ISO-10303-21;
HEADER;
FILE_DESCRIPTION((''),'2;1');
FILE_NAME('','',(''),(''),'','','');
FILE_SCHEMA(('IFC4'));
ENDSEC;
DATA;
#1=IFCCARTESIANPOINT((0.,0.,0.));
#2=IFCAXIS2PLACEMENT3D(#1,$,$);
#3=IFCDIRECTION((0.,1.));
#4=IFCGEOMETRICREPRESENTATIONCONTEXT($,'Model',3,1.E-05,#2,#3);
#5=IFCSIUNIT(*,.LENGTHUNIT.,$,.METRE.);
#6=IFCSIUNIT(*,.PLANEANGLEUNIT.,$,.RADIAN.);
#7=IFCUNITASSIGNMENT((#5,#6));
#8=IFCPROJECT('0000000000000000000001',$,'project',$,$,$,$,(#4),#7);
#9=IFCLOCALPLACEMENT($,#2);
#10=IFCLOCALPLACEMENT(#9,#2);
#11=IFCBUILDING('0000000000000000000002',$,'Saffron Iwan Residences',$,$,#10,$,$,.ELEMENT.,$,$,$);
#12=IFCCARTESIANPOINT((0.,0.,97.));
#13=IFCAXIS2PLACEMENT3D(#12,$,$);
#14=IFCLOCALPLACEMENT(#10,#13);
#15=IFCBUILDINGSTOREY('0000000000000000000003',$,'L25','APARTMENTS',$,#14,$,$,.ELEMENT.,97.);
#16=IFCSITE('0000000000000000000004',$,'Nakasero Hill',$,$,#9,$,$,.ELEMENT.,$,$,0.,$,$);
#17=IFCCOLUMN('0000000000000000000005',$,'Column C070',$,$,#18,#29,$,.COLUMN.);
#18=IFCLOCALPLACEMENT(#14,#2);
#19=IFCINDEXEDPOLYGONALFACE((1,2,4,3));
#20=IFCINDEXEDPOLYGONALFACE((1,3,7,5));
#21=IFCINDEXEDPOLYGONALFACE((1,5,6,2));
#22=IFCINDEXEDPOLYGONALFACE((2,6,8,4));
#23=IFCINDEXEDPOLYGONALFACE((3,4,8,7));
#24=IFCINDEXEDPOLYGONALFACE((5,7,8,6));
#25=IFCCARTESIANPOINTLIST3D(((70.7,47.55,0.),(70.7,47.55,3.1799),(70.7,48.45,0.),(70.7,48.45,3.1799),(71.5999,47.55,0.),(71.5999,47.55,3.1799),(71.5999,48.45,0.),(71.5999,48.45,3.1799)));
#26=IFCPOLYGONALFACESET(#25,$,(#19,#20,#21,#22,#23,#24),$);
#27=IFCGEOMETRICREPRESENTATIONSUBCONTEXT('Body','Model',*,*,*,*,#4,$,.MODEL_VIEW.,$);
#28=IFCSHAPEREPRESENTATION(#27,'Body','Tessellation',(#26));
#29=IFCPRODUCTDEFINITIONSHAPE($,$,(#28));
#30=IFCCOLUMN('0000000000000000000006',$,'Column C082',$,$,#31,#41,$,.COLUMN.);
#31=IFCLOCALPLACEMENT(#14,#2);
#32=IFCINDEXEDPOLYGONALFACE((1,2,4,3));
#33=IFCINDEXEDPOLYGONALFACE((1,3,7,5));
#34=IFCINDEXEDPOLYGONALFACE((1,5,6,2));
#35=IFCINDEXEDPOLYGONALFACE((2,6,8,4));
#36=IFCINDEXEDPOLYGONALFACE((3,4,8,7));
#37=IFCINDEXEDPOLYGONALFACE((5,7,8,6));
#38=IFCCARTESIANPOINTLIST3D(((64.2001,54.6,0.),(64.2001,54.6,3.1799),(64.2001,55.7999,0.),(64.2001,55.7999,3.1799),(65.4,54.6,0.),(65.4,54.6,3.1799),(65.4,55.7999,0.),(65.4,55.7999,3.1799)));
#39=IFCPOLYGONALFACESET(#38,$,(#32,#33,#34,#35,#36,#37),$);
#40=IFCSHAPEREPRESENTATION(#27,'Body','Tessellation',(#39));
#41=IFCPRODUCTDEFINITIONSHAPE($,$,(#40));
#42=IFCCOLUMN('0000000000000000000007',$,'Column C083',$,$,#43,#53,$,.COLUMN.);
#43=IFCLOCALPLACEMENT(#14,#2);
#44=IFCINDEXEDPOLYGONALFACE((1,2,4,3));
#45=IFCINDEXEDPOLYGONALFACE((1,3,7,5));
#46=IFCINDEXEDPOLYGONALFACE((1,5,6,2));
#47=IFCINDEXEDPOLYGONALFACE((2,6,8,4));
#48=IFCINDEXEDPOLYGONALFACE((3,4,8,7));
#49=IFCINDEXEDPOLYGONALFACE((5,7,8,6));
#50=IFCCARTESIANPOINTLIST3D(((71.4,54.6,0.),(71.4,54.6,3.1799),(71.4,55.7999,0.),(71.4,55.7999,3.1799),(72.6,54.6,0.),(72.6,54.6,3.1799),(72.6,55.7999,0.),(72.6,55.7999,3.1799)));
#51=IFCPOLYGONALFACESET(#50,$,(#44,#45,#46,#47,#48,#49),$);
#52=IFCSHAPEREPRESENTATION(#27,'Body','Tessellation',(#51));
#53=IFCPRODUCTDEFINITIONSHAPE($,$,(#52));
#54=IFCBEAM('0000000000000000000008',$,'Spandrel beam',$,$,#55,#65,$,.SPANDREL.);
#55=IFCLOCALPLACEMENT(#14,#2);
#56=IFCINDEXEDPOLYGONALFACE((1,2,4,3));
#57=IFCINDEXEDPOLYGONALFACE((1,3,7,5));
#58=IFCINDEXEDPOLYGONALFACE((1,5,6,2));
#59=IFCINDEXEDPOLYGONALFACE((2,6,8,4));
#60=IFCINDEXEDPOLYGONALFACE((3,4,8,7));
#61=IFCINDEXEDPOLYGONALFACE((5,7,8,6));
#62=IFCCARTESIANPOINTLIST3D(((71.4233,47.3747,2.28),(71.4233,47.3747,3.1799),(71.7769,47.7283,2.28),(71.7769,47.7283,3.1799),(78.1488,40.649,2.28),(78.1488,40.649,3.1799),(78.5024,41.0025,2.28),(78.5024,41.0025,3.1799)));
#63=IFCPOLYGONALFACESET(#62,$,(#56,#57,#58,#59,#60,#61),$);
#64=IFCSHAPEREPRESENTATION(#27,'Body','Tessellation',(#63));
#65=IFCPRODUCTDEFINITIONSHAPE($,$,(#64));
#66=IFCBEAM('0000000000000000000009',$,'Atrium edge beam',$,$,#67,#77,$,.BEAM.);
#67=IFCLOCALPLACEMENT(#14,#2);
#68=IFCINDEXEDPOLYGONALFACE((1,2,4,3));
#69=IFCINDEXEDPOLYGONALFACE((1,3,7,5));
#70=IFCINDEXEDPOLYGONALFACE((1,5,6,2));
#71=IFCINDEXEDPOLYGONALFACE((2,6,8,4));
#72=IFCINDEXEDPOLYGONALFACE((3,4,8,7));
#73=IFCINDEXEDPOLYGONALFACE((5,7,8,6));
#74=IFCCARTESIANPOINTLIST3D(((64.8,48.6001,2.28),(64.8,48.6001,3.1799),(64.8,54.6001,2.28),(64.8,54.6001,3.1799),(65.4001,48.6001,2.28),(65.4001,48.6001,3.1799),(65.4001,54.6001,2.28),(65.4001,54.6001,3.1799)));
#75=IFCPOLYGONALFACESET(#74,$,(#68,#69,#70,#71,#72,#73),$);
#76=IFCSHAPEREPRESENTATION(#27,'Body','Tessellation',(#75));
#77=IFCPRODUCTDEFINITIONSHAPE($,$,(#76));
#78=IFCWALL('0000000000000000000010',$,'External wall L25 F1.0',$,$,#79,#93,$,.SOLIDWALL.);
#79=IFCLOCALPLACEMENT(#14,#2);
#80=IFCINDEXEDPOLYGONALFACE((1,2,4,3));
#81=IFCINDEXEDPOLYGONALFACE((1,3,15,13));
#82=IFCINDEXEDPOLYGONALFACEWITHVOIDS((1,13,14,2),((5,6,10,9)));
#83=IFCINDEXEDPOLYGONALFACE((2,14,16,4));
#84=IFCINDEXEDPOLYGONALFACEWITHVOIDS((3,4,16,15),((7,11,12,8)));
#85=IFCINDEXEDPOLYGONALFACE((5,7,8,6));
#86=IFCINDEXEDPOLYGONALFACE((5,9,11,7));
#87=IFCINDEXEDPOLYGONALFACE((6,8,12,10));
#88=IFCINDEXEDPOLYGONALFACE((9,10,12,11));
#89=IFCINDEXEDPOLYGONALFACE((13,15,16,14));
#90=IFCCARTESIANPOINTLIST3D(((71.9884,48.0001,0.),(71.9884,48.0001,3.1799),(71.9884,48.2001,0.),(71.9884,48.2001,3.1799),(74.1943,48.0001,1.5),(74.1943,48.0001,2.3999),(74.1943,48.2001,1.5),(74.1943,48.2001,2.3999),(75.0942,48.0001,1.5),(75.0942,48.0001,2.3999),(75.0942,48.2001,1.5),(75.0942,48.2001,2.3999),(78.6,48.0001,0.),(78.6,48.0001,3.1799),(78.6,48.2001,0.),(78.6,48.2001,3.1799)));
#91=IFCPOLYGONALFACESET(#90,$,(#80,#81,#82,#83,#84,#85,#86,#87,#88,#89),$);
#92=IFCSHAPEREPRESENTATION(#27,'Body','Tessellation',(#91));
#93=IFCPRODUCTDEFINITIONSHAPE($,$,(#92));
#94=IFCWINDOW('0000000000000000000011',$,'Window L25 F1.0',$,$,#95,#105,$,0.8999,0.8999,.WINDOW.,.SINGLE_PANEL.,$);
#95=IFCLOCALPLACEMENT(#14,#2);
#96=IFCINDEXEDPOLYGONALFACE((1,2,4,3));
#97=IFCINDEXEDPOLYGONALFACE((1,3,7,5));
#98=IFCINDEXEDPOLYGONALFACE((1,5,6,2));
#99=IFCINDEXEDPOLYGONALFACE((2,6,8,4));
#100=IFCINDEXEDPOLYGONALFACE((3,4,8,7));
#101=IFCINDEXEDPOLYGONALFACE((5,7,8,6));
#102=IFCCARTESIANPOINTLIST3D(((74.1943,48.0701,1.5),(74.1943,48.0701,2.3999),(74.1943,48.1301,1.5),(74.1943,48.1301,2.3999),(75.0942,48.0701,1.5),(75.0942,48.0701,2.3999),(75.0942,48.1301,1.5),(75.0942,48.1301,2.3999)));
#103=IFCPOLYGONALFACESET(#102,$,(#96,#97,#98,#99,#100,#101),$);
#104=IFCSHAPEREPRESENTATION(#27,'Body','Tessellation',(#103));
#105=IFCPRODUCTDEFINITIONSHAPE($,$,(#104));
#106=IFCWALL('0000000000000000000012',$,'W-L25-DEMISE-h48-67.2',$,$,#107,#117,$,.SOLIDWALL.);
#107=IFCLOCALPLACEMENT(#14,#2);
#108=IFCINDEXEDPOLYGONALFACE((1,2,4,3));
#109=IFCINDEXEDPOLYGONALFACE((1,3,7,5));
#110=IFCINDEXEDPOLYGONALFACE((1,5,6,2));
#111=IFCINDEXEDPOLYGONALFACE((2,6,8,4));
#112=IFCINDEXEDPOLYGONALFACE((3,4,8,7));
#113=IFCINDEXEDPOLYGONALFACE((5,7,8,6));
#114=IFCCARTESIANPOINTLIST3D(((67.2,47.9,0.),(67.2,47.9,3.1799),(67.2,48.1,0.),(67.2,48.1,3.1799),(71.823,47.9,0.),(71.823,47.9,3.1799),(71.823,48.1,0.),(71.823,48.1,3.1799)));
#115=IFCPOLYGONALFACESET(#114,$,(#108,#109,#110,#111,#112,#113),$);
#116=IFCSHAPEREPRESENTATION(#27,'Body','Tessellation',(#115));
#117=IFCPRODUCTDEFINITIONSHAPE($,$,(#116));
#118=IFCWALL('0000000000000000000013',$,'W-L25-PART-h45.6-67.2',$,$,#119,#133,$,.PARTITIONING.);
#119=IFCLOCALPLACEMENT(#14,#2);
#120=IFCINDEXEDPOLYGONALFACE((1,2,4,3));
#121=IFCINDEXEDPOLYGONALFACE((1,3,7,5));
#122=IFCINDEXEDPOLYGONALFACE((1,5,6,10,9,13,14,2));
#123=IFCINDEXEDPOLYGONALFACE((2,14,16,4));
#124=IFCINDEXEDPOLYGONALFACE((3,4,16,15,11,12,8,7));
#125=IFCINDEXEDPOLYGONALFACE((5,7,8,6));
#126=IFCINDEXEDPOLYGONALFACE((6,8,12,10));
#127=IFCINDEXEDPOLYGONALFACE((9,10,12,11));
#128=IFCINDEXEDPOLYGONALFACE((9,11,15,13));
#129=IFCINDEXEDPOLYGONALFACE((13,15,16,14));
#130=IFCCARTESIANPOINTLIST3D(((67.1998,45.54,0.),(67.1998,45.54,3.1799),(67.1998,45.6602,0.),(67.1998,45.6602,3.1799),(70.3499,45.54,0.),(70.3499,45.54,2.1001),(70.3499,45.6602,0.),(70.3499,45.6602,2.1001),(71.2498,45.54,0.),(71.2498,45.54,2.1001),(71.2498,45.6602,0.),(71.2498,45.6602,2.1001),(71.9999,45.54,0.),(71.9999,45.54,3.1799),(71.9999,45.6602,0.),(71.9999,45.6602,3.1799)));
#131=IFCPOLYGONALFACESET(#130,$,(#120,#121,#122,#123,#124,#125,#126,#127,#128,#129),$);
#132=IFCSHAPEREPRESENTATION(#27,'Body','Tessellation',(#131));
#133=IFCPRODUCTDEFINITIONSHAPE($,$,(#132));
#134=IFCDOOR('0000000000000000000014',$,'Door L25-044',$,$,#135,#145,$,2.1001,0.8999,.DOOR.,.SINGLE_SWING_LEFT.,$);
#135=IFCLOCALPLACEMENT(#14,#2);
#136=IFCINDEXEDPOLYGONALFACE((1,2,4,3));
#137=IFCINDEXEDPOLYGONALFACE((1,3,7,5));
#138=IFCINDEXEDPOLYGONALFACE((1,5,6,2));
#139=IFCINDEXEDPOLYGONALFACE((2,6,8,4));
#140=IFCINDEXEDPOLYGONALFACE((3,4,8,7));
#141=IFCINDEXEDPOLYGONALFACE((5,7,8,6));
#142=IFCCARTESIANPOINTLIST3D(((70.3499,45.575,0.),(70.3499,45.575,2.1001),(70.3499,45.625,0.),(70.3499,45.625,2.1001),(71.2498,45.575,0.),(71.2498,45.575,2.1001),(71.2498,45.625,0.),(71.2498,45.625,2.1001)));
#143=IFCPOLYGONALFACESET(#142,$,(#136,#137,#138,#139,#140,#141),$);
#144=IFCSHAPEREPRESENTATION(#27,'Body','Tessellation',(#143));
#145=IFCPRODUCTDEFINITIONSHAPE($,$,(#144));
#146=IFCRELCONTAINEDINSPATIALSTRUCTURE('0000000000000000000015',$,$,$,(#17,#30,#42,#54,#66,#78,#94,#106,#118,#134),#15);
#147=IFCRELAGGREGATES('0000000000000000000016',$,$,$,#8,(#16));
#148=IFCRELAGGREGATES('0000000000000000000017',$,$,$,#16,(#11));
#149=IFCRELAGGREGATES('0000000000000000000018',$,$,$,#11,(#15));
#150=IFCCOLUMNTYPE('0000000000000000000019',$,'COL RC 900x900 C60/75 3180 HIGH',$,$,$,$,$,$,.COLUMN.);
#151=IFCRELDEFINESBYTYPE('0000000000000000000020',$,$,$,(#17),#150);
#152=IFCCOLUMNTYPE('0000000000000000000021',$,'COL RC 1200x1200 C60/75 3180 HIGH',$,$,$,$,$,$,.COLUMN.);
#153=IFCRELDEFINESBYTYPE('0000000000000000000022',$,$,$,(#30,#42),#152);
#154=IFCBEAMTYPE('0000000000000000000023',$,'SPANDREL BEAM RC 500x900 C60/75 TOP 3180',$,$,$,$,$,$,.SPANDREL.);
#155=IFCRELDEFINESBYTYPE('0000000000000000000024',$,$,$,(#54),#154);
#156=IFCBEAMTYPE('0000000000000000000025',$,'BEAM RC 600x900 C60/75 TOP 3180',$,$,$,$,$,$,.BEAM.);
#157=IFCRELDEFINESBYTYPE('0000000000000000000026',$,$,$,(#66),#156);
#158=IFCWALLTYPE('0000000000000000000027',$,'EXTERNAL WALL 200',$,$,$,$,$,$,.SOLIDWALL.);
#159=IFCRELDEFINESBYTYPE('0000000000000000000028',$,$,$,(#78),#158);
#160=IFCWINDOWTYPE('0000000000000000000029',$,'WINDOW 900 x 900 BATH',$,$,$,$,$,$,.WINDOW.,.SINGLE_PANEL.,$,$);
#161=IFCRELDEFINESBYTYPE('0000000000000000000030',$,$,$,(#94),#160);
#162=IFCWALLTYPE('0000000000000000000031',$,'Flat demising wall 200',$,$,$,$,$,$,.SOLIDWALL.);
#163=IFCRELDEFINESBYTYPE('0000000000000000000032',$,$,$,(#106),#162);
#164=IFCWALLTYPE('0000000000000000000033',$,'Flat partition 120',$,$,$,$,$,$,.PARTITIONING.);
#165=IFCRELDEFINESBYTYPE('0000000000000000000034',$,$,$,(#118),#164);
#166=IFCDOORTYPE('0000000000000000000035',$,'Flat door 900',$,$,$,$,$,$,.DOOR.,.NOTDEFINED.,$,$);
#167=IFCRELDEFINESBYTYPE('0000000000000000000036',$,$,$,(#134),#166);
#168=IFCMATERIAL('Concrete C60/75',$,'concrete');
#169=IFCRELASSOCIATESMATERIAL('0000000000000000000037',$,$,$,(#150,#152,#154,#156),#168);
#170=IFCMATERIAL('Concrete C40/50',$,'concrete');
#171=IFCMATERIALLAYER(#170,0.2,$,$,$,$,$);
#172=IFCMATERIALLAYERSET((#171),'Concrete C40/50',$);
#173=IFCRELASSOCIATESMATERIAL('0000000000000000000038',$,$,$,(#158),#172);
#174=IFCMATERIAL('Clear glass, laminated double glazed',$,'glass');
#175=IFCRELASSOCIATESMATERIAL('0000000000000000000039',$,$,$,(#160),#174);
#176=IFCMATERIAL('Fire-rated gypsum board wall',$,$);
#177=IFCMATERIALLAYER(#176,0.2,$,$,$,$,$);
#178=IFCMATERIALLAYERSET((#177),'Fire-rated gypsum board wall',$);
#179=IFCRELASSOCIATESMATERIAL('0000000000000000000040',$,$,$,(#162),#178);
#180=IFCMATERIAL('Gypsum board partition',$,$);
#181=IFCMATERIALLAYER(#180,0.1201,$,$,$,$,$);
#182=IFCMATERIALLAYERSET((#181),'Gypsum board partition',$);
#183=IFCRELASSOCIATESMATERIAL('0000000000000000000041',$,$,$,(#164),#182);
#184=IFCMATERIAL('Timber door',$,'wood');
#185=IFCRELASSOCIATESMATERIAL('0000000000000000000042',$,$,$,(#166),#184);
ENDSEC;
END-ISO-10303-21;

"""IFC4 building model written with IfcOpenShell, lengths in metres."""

from ifc_helpers import new_model, si_unit, direction, frame, frame_2d, origin, origin_2d, place, context, subcontext, project, spatial, rectangle, extrude, source, transform, mapped, material, layer, layer_set, material_profile, profile_set, type_object, element, fill, save


model = new_model("IFC4")

# Units and contexts
model_context = context("Model", 3, precision=1e-05, world=origin(), true_north=direction((0.0, 1.0)))
body_context = subcontext(model_context, "Body", "Model", "MODEL_VIEW")
ifc_project = project(units=[si_unit("LENGTHUNIT", "METRE"), si_unit("PLANEANGLEUNIT", "RADIAN")], contexts=[model_context])

# Site, building, storey
site_placement = place(None, origin())
site = spatial("IfcSite", under=ifc_project, at=site_placement, Name="Nakasero Hill", CompositionType="ELEMENT", RefElevation=0.0)
building_placement = place(site_placement, origin())
building = spatial("IfcBuilding", under=site, at=building_placement, Name="Saffron Iwan Residences", CompositionType="ELEMENT")
storey_placement = place(building_placement, frame((0.0, 0.0, 97.0)))
storey = spatial("IfcBuildingStorey", under=building, at=storey_placement, Name="L25", Description="APARTMENTS", CompositionType="ELEMENT", Elevation=97.0)

# Columns
ifc_material_1 = material(Name="Concrete C60/75", Category="concrete")
ifc_material_profile_1 = material_profile(ifc_material_1, rectangle(XDim=0.8999, YDim=0.8999, at=origin_2d()), Name="RC 900x900")
ifc_profile_set_1 = profile_set([ifc_material_profile_1], Name="Concrete C60/75")
column_type_1 = type_object("IfcColumnType", Name="COL RC 900x900 C60/75 3180 HIGH", PredefinedType="COLUMN", material=ifc_profile_set_1)
shared_shape_1 = source(origin(), body_context, "Body", "SweptSolid", [
    extrude(rectangle(XDim=0.8999, YDim=0.8999, at=origin_2d()), origin(), (0.0, 0.0, 1.0), 3.1799),
])
column_placement = place(storey_placement, frame((71.1499, 48.0, 0.0), z_axis=(0.0, 0.0, 1.0), x_axis=(1.0, 0.0, 0.0)))
element("IfcColumn", 1, at=column_placement, inside=storey, type_object=column_type_1, Name="Column C070", PredefinedType="COLUMN", context=body_context, shape_type="MappedRepresentation", body=[
    mapped(shared_shape_1, transform((0.0, 0.0, 0.0))),
])
ifc_material_profile_2 = material_profile(ifc_material_1, rectangle(XDim=1.2, YDim=1.2, at=origin_2d()), Name="RC 1200x1200")
ifc_profile_set_2 = profile_set([ifc_material_profile_2], Name="Concrete C60/75")
column_type_2 = type_object("IfcColumnType", Name="COL RC 1200x1200 C60/75 3180 HIGH", PredefinedType="COLUMN", material=ifc_profile_set_2)
shared_shape_2 = source(origin(), body_context, "Body", "SweptSolid", [
    extrude(rectangle(XDim=1.2, YDim=1.2, at=origin_2d()), origin(), (0.0, 0.0, 1.0), 3.1799),
])
for number, where, z_axis, x_axis, name in (
    (2, (64.8, 55.2, 0.0), (0.0, 0.0, 1.0), (1.0, 0.0, 0.0), "Column C082"),
    (3, (72.0, 55.2, 0.0), (0.0, 0.0, 1.0), (1.0, 0.0, 0.0), "Column C083"),
):
    element("IfcColumn", number, at=place(storey_placement, frame(where, z_axis=z_axis, x_axis=x_axis)), inside=storey, type_object=column_type_2, Name=name, PredefinedType="COLUMN", context=body_context, shape_type="MappedRepresentation", body=[
        mapped(shared_shape_2, transform((0.0, 0.0, 0.0))),
    ])

# Beams
ifc_material_profile_3 = material_profile(ifc_material_1, rectangle(XDim=0.5, YDim=0.8999, at=origin_2d()), Name="RC 500x900")
ifc_profile_set_3 = profile_set([ifc_material_profile_3], Name="Concrete C60/75")
beam_type_1 = type_object("IfcBeamType", Name="SPANDREL BEAM RC 500x900 C60/75 TOP 3180", PredefinedType="SPANDREL", material=ifc_profile_set_3)
shared_shape_3 = source(origin(), body_context, "Body", "SweptSolid", [
    extrude(rectangle(XDim=0.5, YDim=0.8999, at=origin_2d()), origin(), (0.0, 0.0, 1.0), 9.5115),
])
beam_1_placement = place(storey_placement, frame((71.6001, 47.5515, 2.73), z_axis=(0.707094, -0.70712, 0.0), x_axis=(0.70712, 0.707094, 0.0)))
element("IfcBeam", 4, at=beam_1_placement, inside=storey, type_object=beam_type_1, Name="Spandrel beam", PredefinedType="SPANDREL", context=body_context, shape_type="MappedRepresentation", body=[
    mapped(shared_shape_3, transform((0.0, 0.0, 0.0))),
])
ifc_material_profile_4 = material_profile(ifc_material_1, rectangle(XDim=0.6001, YDim=0.8999, at=origin_2d()), Name="RC 600x900")
ifc_profile_set_4 = profile_set([ifc_material_profile_4], Name="Concrete C60/75")
beam_type_2 = type_object("IfcBeamType", Name="BEAM RC 600x900 C60/75 TOP 3180", PredefinedType="BEAM", material=ifc_profile_set_4)
shared_shape_4 = source(origin(), body_context, "Body", "SweptSolid", [
    extrude(rectangle(XDim=0.6001, YDim=0.8999, at=origin_2d()), origin(), (0.0, 0.0, 1.0), 6.0),
])
beam_2_placement = place(storey_placement, frame((65.1001, 54.6001, 2.73), z_axis=(0.0, -1.0, 0.0), x_axis=(1.0, 0.0, 0.0)))
element("IfcBeam", 5, at=beam_2_placement, inside=storey, type_object=beam_type_2, Name="Atrium edge beam", PredefinedType="BEAM", context=body_context, shape_type="MappedRepresentation", body=[
    mapped(shared_shape_4, transform((0.0, 0.0, 0.0))),
])

# Wall, opening, window
ifc_material_2 = material(Name="Concrete C40/50", Category="concrete")
ifc_layer_1 = layer(ifc_material_2, 0.2)
ifc_layer_set_1 = layer_set([ifc_layer_1], Name="Concrete C40/50")
wall_type_1 = type_object("IfcWallType", Name="EXTERNAL WALL 200", PredefinedType="SOLIDWALL", material=ifc_layer_set_1)
wall_1_placement = place(storey_placement, frame((71.9885, 48.1001, 0.0), z_axis=(0.0, 0.0, 1.0), x_axis=(1.0, 0.0, 0.0)))
wall_1 = element("IfcWall", 6, at=wall_1_placement, inside=storey, type_object=wall_type_1, Name="External wall L25 F1.0", PredefinedType="SOLIDWALL", context=body_context, shape_type="SweptSolid", body=[
    extrude(rectangle(XDim=6.6116, YDim=0.2, at=frame_2d((3.3057, 0.0))), origin(), (0.0, 0.0, 1.0), 3.1799),
])
opening_1_placement = place(wall_1_placement, frame((2.2058, 0.0, 1.5)))
opening_1 = element("IfcOpeningElement", 7, at=opening_1_placement, cuts=wall_1, PredefinedType="OPENING", context=body_context, shape_type="SweptSolid", body=[
    extrude(rectangle(XDim=0.8999, YDim=0.8999, at=frame_2d((0.45, 0.45))), frame((0.0, 0.1099, 0.0), z_axis=(0.0, -1.0, 0.0), x_axis=(1.0, 0.0, 0.0)), (0.0, 0.0, 1.0), 0.22),
])
ifc_material_3 = material(Name="Clear glass, laminated double glazed", Category="glass")
window_type = type_object("IfcWindowType", Name="WINDOW 900 x 900 BATH", PartitioningType="SINGLE_PANEL", PredefinedType="WINDOW", material=ifc_material_3)
window_placement = place(opening_1_placement, origin())
window = element("IfcWindow", 8, at=window_placement, inside=storey, type_object=window_type, Name="Window L25 F1.0", OverallHeight=0.8999, OverallWidth=0.8999, PartitioningType="SINGLE_PANEL", PredefinedType="WINDOW", context=body_context, shape_type="SweptSolid", body=[
    extrude(rectangle(XDim=0.8999, YDim=0.8999, at=frame_2d((0.45, 0.45))), frame((0.0, 0.03, 0.0), z_axis=(0.0, -1.0, 0.0), x_axis=(1.0, 0.0, 0.0)), (0.0, 0.0, 1.0), 0.0601),
])
fill(opening_1, window)

# Wall
ifc_material_4 = material(Name="Fire-rated gypsum board wall")
ifc_layer_2 = layer(ifc_material_4, 0.2)
ifc_layer_set_2 = layer_set([ifc_layer_2], Name="Fire-rated gypsum board wall")
wall_type_2 = type_object("IfcWallType", Name="Flat demising wall 200", PredefinedType="SOLIDWALL", material=ifc_layer_set_2)
wall_2_placement = place(storey_placement, frame((67.2, 48.0, 0.0), z_axis=(0.0, 0.0, 1.0), x_axis=(1.0, 0.0, 0.0)))
element("IfcWall", 9, at=wall_2_placement, inside=storey, type_object=wall_type_2, Name="W-L25-DEMISE-h48-67.2", PredefinedType="SOLIDWALL", context=body_context, shape_type="SweptSolid", body=[
    extrude(rectangle(XDim=4.623, YDim=0.2, at=frame_2d((2.3115, 0.0))), origin(), (0.0, 0.0, 1.0), 3.1799),
])

# Wall, opening, door
ifc_material_5 = material(Name="Gypsum board partition")
ifc_layer_3 = layer(ifc_material_5, 0.1201)
ifc_layer_set_3 = layer_set([ifc_layer_3], Name="Gypsum board partition")
wall_type_3 = type_object("IfcWallType", Name="Flat partition 120", PredefinedType="PARTITIONING", material=ifc_layer_set_3)
wall_3_placement = place(storey_placement, frame((67.2, 45.6001, 0.0), z_axis=(0.0, 0.0, 1.0), x_axis=(1.0, 0.0, 0.0)))
wall_3 = element("IfcWall", 10, at=wall_3_placement, inside=storey, type_object=wall_type_3, Name="W-L25-PART-h45.6-67.2", PredefinedType="PARTITIONING", context=body_context, shape_type="SweptSolid", body=[
    extrude(rectangle(XDim=4.8, YDim=0.1201, at=frame_2d((2.3999, 0.0))), origin(), (0.0, 0.0, 1.0), 3.1799),
])
opening_2_placement = place(wall_3_placement, frame((3.1499, 0.0, 0.0)))
opening_2 = element("IfcOpeningElement", 11, at=opening_2_placement, cuts=wall_3, PredefinedType="OPENING", context=body_context, shape_type="SweptSolid", body=[
    extrude(rectangle(XDim=0.8999, YDim=2.1001, at=frame_2d((0.45, 1.05))), frame((0.0, 0.0701, 0.0), z_axis=(0.0, -1.0, 0.0), x_axis=(1.0, 0.0, 0.0)), (0.0, 0.0, 1.0), 0.1401),
])
ifc_material_6 = material(Name="Timber door", Category="wood")
door_type_1 = type_object("IfcDoorType", Name="Flat door 900", OperationType="NOTDEFINED", PredefinedType="DOOR", material=ifc_material_6)
door_1_placement = place(opening_2_placement, origin())
door_1 = element("IfcDoor", 12, at=door_1_placement, inside=storey, type_object=door_type_1, Name="Door L25-044", OperationType="SINGLE_SWING_LEFT", OverallHeight=2.1001, OverallWidth=0.8999, PredefinedType="DOOR", context=body_context, shape_type="SweptSolid", body=[
    extrude(rectangle(XDim=0.8999, YDim=2.1001, at=frame_2d((0.45, 1.05))), frame((0.0, 0.0249, 0.0), z_axis=(0.0, -1.0, 0.0), x_axis=(1.0, 0.0, 0.0)), (0.0, 0.0, 1.0), 0.05),
])
fill(opening_2, door_1)

save(model, "model.ifc")
